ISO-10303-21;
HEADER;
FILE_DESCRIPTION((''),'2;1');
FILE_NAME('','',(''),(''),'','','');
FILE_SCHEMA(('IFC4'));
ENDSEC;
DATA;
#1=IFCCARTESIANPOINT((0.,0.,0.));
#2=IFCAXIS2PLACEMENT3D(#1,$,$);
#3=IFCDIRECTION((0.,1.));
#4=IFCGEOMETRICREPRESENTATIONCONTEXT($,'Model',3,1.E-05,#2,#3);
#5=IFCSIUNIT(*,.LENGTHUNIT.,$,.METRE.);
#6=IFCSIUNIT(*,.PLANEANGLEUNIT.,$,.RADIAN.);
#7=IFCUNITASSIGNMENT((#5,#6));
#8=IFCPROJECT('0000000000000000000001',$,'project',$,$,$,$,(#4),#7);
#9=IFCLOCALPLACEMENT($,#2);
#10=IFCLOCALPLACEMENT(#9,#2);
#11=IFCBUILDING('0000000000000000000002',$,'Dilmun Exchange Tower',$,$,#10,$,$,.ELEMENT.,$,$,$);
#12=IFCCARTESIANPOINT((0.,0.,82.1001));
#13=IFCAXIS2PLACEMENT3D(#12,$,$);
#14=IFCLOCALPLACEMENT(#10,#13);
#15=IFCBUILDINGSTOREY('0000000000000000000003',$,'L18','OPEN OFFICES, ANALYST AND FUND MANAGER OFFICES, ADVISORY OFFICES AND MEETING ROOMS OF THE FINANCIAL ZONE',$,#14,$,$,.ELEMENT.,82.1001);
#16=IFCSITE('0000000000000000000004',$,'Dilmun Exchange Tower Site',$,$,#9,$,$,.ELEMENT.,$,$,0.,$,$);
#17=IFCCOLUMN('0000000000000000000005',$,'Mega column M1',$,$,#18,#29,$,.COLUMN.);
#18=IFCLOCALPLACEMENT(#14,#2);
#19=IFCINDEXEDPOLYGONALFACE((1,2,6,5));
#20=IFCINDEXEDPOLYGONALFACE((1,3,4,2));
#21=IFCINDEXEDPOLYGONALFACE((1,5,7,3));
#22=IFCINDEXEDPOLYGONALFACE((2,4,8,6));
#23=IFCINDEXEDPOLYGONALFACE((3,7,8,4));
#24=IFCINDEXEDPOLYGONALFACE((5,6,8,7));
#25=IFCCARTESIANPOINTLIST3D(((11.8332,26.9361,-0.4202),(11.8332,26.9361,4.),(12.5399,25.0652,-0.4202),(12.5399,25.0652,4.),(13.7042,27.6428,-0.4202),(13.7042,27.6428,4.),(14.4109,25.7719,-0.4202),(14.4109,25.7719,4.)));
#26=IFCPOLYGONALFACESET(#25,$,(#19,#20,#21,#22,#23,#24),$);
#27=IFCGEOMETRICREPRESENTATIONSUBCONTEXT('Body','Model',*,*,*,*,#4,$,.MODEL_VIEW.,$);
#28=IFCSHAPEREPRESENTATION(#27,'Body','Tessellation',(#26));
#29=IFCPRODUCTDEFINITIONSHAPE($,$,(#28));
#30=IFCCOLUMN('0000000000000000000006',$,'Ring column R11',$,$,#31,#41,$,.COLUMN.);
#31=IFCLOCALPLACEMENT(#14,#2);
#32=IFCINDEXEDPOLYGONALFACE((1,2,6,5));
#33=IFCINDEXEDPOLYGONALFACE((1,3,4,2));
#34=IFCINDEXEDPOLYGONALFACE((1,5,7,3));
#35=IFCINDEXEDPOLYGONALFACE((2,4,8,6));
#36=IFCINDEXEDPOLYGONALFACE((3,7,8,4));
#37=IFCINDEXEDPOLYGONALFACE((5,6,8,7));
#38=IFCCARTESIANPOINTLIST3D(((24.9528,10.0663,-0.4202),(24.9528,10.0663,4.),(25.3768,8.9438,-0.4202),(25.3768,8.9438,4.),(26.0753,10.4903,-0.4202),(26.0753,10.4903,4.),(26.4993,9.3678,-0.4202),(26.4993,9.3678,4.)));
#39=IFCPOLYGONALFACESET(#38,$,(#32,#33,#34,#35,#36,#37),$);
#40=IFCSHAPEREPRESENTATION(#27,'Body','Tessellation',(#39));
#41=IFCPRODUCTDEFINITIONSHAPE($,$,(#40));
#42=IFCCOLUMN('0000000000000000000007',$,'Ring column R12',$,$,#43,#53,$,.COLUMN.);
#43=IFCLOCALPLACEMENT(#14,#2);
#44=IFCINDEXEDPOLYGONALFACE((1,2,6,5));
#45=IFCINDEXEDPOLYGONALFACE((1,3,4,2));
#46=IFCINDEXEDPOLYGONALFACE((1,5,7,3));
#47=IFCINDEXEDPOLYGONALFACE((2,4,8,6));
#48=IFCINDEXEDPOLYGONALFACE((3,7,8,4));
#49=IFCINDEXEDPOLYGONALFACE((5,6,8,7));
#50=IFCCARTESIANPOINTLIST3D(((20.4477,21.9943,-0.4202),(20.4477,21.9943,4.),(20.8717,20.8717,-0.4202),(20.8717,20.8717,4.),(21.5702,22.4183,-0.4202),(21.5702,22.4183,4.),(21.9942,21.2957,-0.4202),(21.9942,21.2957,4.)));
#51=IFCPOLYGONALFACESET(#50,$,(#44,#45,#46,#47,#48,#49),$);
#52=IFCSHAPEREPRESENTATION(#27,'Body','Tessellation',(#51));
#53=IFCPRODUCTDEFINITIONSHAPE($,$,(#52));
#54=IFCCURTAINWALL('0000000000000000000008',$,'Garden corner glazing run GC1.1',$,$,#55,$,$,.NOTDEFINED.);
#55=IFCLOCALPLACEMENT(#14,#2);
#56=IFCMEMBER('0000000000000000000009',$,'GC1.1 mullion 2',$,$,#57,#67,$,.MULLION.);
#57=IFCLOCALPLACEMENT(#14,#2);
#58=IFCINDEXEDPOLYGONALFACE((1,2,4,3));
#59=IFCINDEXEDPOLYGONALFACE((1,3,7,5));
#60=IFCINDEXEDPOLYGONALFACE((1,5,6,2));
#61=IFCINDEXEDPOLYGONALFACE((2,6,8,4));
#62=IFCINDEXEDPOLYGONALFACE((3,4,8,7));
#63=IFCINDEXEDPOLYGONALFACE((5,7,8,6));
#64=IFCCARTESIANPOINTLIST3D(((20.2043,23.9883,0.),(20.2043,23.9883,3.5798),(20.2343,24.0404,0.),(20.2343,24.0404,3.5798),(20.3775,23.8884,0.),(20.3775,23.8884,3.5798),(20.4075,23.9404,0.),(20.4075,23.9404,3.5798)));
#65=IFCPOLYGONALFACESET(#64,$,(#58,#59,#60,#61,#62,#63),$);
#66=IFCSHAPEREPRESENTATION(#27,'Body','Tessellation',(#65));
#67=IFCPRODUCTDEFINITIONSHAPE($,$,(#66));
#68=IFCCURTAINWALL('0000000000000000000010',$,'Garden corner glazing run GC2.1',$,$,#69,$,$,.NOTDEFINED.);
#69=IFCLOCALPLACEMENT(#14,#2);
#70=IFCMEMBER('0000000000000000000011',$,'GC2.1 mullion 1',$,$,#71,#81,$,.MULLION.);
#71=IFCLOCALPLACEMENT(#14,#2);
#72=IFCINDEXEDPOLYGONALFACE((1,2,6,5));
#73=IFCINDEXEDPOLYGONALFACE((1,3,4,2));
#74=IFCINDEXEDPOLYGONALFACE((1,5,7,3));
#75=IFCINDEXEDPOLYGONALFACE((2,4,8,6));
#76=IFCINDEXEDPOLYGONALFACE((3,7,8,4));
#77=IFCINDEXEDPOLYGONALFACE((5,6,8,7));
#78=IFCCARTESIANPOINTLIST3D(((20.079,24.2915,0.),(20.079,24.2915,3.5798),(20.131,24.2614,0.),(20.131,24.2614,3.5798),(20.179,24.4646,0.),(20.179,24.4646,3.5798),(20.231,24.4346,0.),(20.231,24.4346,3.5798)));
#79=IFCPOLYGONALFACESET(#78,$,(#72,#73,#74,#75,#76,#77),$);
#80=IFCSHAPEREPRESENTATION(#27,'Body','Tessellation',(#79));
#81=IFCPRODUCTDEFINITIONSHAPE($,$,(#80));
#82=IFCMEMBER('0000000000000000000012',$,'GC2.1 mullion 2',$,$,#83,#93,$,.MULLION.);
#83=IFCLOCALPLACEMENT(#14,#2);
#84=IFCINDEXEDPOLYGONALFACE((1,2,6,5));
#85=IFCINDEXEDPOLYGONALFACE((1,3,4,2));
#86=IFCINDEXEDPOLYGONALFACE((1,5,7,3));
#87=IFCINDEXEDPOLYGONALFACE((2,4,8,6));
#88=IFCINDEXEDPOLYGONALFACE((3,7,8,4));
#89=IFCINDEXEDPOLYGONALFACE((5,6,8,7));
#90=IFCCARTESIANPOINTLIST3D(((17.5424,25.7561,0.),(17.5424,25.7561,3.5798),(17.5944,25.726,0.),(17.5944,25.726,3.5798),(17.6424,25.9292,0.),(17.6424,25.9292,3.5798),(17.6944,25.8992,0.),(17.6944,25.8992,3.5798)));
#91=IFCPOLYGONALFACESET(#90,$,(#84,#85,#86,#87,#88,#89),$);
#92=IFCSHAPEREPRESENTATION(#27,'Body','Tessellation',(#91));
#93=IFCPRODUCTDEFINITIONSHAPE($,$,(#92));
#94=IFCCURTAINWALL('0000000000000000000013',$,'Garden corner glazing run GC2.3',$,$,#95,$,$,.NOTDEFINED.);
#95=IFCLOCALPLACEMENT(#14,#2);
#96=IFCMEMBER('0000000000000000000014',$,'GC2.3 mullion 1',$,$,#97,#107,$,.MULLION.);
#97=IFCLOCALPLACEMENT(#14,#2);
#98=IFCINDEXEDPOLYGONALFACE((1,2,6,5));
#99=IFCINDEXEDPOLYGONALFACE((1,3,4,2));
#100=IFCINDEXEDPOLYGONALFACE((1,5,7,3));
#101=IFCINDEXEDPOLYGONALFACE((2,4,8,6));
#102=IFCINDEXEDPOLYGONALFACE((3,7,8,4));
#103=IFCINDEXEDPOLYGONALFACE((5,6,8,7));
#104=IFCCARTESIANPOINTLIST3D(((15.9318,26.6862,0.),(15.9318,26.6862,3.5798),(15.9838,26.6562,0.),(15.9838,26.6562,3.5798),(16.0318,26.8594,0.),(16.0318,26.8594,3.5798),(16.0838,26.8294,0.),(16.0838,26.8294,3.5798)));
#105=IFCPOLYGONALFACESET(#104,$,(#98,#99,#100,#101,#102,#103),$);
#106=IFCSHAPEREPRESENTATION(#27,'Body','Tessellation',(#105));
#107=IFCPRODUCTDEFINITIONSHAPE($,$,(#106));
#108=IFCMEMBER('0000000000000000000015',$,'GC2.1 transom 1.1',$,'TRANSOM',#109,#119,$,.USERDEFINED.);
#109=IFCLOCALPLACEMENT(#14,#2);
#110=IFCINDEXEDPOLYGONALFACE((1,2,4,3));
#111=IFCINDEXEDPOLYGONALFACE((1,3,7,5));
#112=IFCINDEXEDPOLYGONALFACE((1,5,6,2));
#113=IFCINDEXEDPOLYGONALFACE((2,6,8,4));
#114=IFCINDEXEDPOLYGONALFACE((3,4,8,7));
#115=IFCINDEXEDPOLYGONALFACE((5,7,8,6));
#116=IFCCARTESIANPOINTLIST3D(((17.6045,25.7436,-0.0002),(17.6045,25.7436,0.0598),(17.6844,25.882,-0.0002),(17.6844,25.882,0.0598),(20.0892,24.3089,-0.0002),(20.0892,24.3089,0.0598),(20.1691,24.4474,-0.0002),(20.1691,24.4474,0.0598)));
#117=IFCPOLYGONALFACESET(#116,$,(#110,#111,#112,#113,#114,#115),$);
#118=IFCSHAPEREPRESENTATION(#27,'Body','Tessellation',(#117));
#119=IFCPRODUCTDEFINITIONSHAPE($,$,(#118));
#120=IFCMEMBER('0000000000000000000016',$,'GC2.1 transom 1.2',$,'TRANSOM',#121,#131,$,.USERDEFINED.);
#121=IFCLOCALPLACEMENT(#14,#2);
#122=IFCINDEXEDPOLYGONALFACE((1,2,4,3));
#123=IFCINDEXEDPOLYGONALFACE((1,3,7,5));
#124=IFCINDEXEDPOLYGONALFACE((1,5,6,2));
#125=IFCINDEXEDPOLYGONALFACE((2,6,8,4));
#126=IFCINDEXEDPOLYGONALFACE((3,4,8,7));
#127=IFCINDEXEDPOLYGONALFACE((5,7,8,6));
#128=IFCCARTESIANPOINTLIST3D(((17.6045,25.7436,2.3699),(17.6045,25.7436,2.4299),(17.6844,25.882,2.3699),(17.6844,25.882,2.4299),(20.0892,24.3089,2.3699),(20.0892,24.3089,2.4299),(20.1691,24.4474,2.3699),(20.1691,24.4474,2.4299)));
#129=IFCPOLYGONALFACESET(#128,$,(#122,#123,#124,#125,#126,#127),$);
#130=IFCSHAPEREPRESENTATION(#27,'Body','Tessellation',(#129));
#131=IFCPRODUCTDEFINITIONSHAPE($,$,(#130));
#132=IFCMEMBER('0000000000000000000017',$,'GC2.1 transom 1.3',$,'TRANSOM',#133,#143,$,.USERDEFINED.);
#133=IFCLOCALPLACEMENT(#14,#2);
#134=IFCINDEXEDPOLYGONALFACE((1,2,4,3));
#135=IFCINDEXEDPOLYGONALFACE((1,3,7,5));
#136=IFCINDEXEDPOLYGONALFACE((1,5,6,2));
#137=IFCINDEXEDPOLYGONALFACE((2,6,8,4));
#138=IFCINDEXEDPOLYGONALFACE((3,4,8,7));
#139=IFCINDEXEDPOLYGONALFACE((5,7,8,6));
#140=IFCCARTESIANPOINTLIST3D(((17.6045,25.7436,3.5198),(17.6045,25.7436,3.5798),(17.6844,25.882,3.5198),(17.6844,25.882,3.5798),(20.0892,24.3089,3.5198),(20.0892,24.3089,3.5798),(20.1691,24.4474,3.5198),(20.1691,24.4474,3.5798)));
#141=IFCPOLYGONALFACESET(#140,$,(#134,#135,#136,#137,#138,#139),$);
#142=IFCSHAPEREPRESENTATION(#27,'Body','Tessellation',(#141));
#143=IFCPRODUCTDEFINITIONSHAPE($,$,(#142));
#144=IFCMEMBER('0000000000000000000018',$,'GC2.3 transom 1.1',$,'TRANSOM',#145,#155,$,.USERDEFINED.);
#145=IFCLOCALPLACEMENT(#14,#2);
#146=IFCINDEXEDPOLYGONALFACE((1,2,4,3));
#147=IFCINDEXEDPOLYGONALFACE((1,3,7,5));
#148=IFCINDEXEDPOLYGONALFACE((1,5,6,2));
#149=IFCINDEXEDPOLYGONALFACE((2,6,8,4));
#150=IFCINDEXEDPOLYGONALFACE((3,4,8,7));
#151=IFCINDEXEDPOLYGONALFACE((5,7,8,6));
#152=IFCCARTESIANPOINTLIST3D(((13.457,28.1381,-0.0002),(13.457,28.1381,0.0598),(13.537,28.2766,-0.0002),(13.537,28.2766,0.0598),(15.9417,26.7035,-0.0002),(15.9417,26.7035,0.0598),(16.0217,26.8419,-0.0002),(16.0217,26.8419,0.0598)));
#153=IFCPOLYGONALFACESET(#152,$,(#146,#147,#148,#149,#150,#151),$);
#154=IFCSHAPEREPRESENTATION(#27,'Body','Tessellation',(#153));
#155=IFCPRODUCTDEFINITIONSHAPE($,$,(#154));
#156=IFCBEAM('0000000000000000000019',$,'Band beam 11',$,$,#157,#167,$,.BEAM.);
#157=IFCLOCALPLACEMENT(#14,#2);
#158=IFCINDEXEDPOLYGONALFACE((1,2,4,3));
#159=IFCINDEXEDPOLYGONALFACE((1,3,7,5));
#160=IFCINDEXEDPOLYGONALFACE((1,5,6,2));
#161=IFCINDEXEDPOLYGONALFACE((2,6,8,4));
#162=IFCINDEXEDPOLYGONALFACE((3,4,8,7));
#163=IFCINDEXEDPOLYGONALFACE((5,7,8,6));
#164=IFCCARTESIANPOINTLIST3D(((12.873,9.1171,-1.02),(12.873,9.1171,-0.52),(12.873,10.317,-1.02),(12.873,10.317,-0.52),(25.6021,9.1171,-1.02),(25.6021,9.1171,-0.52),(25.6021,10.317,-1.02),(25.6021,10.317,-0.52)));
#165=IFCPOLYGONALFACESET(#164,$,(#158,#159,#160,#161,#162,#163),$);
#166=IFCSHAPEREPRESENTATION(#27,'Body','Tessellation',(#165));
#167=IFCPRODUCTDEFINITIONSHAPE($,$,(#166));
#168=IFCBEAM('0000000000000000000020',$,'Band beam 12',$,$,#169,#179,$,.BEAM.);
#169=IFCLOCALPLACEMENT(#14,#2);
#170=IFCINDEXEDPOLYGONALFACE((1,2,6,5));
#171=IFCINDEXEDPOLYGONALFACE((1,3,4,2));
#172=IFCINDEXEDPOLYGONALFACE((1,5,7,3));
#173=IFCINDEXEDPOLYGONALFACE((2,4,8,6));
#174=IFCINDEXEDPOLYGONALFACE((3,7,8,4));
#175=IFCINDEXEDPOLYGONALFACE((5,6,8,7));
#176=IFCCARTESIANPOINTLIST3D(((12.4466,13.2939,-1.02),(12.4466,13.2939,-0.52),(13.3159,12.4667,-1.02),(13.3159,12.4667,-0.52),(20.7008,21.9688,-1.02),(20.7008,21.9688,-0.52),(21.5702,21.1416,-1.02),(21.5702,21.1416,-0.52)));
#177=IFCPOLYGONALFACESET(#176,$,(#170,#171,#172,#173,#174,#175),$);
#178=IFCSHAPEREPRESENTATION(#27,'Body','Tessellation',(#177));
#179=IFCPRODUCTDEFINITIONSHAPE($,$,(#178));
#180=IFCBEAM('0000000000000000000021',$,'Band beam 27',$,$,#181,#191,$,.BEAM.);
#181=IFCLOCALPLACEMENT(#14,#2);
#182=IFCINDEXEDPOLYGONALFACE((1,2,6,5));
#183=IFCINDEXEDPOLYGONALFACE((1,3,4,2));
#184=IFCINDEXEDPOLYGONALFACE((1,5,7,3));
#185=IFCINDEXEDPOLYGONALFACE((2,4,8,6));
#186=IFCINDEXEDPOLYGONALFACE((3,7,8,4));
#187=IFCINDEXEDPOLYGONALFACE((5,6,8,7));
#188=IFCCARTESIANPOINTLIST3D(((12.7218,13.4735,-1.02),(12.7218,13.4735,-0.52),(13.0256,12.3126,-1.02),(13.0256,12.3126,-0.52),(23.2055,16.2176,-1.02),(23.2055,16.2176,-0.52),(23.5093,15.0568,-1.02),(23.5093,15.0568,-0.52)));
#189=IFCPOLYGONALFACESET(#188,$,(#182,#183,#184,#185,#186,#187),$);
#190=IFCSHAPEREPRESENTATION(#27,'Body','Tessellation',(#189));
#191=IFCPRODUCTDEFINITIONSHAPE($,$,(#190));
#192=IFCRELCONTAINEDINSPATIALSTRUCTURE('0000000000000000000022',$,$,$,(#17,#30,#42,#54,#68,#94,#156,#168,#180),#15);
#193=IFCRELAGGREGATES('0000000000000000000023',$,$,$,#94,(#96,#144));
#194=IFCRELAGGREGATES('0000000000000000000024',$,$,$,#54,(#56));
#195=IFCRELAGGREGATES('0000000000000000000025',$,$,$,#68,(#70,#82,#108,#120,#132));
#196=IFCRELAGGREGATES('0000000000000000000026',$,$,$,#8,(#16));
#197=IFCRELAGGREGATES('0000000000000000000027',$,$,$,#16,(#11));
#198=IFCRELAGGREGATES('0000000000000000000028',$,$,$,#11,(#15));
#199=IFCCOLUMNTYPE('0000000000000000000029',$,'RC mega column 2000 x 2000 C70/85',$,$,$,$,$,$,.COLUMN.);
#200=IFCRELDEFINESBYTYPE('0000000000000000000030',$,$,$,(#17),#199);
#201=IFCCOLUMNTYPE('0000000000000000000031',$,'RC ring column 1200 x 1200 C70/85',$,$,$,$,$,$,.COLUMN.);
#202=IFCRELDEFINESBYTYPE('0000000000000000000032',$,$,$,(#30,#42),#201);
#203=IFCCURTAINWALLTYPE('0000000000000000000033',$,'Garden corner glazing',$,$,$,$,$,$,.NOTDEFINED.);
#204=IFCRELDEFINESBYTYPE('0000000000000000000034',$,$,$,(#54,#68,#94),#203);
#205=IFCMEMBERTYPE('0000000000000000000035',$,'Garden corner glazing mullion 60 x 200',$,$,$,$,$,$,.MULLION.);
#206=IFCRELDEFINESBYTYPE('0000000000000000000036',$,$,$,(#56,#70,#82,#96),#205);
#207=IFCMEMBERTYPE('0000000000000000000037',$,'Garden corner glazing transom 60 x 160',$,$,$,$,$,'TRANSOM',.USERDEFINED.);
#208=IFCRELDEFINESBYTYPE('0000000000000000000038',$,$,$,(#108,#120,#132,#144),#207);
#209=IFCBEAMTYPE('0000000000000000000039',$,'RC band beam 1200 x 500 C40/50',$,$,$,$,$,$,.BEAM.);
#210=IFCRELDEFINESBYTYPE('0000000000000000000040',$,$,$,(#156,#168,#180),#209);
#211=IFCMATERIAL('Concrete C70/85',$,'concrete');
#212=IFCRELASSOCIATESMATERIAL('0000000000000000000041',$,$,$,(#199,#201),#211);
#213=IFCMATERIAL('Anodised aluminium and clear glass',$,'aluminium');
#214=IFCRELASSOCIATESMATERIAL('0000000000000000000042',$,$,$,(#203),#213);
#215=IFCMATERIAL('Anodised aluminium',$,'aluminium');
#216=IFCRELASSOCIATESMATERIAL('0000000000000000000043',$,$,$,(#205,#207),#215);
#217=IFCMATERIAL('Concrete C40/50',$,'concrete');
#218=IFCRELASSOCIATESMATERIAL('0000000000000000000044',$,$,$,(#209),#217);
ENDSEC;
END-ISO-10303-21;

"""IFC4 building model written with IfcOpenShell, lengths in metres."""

from ifc_helpers import new_model, si_unit, direction, frame, origin, origin_2d, place, context, subcontext, project, spatial, rectangle, extrude, material, material_profile, profile_set, type_object, element, aggregate, save


model = new_model("IFC4")

# Units and contexts
model_context = context("Model", 3, precision=1e-05, world=origin(), true_north=direction((0.0, 1.0)))
body_context = subcontext(model_context, "Body", "Model", "MODEL_VIEW")
ifc_project = project(units=[si_unit("LENGTHUNIT", "METRE"), si_unit("PLANEANGLEUNIT", "RADIAN")], contexts=[model_context])

# Site, building, storey
site_placement = place(None, origin())
site = spatial("IfcSite", under=ifc_project, at=site_placement, Name="Dilmun Exchange Tower Site", CompositionType="ELEMENT", RefElevation=0.0)
building_placement = place(site_placement, origin())
building = spatial("IfcBuilding", under=site, at=building_placement, Name="Dilmun Exchange Tower", CompositionType="ELEMENT")
storey_placement = place(building_placement, frame((0.0, 0.0, 82.1001)))
storey = spatial("IfcBuildingStorey", under=building, at=storey_placement, Name="L18", Description="OPEN OFFICES, ANALYST AND FUND MANAGER OFFICES, ADVISORY OFFICES AND MEETING ROOMS OF THE FINANCIAL ZONE", CompositionType="ELEMENT", Elevation=82.1001)

# Columns
ifc_material_1 = material(Name="Concrete C70/85", Category="concrete")
ifc_material_profile_1 = material_profile(ifc_material_1, rectangle(XDim=2.0, YDim=2.0, at=origin_2d()), Name="2000 x 2000")
ifc_profile_set_1 = profile_set([ifc_material_profile_1], Name="Concrete C70/85")
column_type_1 = type_object("IfcColumnType", Name="RC mega column 2000 x 2000 C70/85", PredefinedType="COLUMN", material=ifc_profile_set_1)
column_placement = place(storey_placement, frame((13.1221, 26.354, -0.4202), z_axis=(0.0, 0.0, 1.0), x_axis=(0.935492, 0.353349, 0.0)))
element("IfcColumn", 1, at=column_placement, inside=storey, type_object=column_type_1, Name="Mega column M1", PredefinedType="COLUMN", context=body_context, shape_type="SweptSolid", body=[
    extrude(rectangle(XDim=2.0, YDim=2.0, at=origin_2d()), origin(), (0.0, 0.0, 1.0), 4.4202),
])
ifc_material_profile_2 = material_profile(ifc_material_1, rectangle(XDim=1.2, YDim=1.2, at=origin_2d()), Name="1200 x 1200")
ifc_profile_set_2 = profile_set([ifc_material_profile_2], Name="Concrete C70/85")
column_type_2 = type_object("IfcColumnType", Name="RC ring column 1200 x 1200 C70/85", PredefinedType="COLUMN", material=ifc_profile_set_2)
for number, where, z_axis, x_axis, name in (
    (2, (25.7261, 9.717, -0.4202), (0.0, 0.0, 1.0), (0.935492, 0.353349, 0.0), "Ring column R11"),
    (3, (21.2209, 21.645, -0.4202), (0.0, 0.0, 1.0), (0.935492, 0.353349, 0.0), "Ring column R12"),
):
    element("IfcColumn", number, at=place(storey_placement, frame(where, z_axis=z_axis, x_axis=x_axis)), inside=storey, type_object=column_type_2, Name=name, PredefinedType="COLUMN", context=body_context, shape_type="SweptSolid", body=[
        extrude(rectangle(XDim=1.2, YDim=1.2, at=origin_2d()), origin(), (0.0, 0.0, 1.0), 4.4202),
    ])

# Curtain wall, member
ifc_material_2 = material(Name="Anodised aluminium and clear glass", Category="aluminium")
curtain_wall_type = type_object("IfcCurtainWallType", Name="Garden corner glazing", PredefinedType="NOTDEFINED", material=ifc_material_2)
curtain_wall_1_placement = place(storey_placement, origin())
curtain_wall_1 = element("IfcCurtainWall", 4, at=curtain_wall_1_placement, inside=storey, type_object=curtain_wall_type, Name="Garden corner glazing run GC1.1", PredefinedType="NOTDEFINED")
ifc_material_3 = material(Name="Anodised aluminium", Category="aluminium")
ifc_material_profile_3 = material_profile(ifc_material_3, rectangle(XDim=0.2, YDim=0.0601, at=origin_2d()), Name="AL 60x200")
ifc_profile_set_3 = profile_set([ifc_material_profile_3], Name="Anodised aluminium")
member_type_1 = type_object("IfcMemberType", Name="Garden corner glazing mullion 60 x 200", PredefinedType="MULLION", material=ifc_profile_set_3)
member_1_placement = place(storey_placement, frame((20.3059, 23.9644, 0.0), z_axis=(0.0, 0.0, 1.0), x_axis=(0.866021, -0.500008, 0.0)))
member_1 = element("IfcMember", 5, at=member_1_placement, type_object=member_type_1, Name="GC1.1 mullion 2", PredefinedType="MULLION", context=body_context, shape_type="SweptSolid", body=[
    extrude(rectangle(XDim=0.2, YDim=0.0601, at=origin_2d()), origin(), (0.0, 0.0, 1.0), 3.5798),
])

# Curtain wall, members
curtain_wall_2_placement = place(storey_placement, origin())
curtain_wall_2 = element("IfcCurtainWall", 6, at=curtain_wall_2_placement, inside=storey, type_object=curtain_wall_type, Name="Garden corner glazing run GC2.1", PredefinedType="NOTDEFINED")
member_2_placement = place(storey_placement, frame((20.155, 24.363, 0.0), z_axis=(0.0, 0.0, 1.0), x_axis=(-0.500018, -0.866015, 0.0)))
member_2 = element("IfcMember", 7, at=member_2_placement, type_object=member_type_1, Name="GC2.1 mullion 1", PredefinedType="MULLION", context=body_context, shape_type="SweptSolid", body=[
    extrude(rectangle(XDim=0.2, YDim=0.0601, at=origin_2d()), origin(), (0.0, 0.0, 1.0), 3.5798),
])
member_3_placement = place(storey_placement, frame((17.6184, 25.8276, 0.0), z_axis=(0.0, 0.0, 1.0), x_axis=(-0.500018, -0.866015, 0.0)))
member_3 = element("IfcMember", 8, at=member_3_placement, type_object=member_type_1, Name="GC2.1 mullion 2", PredefinedType="MULLION", context=body_context, shape_type="SweptSolid", body=[
    extrude(rectangle(XDim=0.2, YDim=0.0601, at=origin_2d()), origin(), (0.0, 0.0, 1.0), 3.5798),
])

# Curtain wall, member
curtain_wall_3_placement = place(storey_placement, origin())
curtain_wall_3 = element("IfcCurtainWall", 9, at=curtain_wall_3_placement, inside=storey, type_object=curtain_wall_type, Name="Garden corner glazing run GC2.3", PredefinedType="NOTDEFINED")
member_4_placement = place(storey_placement, frame((16.0078, 26.7578, 0.0), z_axis=(0.0, 0.0, 1.0), x_axis=(-0.499978, -0.866038, 0.0)))
member_4 = element("IfcMember", 10, at=member_4_placement, type_object=member_type_1, Name="GC2.3 mullion 1", PredefinedType="MULLION", context=body_context, shape_type="SweptSolid", body=[
    extrude(rectangle(XDim=0.2, YDim=0.0601, at=origin_2d()), origin(), (0.0, 0.0, 1.0), 3.5798),
])

# Members
ifc_material_profile_4 = material_profile(ifc_material_3, rectangle(XDim=0.1599, YDim=0.0601, at=origin_2d()), Name="AL 60x160")
ifc_profile_set_4 = profile_set([ifc_material_profile_4], Name="Anodised aluminium")
member_type_2 = type_object("IfcMemberType", Name="Garden corner glazing transom 60 x 160", ElementType="TRANSOM", PredefinedType="USERDEFINED", material=ifc_profile_set_4)
member_5_placement = place(storey_placement, frame((20.1292, 24.3782, 0.0298), z_axis=(-0.866014, 0.50002, 0.0), x_axis=(-0.50002, -0.866014, 0.0)))
member_5 = element("IfcMember", 11, at=member_5_placement, type_object=member_type_2, Name="GC2.1 transom 1.1", ObjectType="TRANSOM", PredefinedType="USERDEFINED", context=body_context, shape_type="SweptSolid", body=[
    extrude(rectangle(XDim=0.1599, YDim=0.0601, at=origin_2d()), origin(), (0.0, 0.0, 1.0), 2.8691),
])
member_6_placement = place(storey_placement, frame((20.1292, 24.3782, 2.3999), z_axis=(-0.866014, 0.50002, 0.0), x_axis=(-0.50002, -0.866014, 0.0)))
member_6 = element("IfcMember", 12, at=member_6_placement, type_object=member_type_2, Name="GC2.1 transom 1.2", ObjectType="TRANSOM", PredefinedType="USERDEFINED", context=body_context, shape_type="SweptSolid", body=[
    extrude(rectangle(XDim=0.1599, YDim=0.0601, at=origin_2d()), origin(), (0.0, 0.0, 1.0), 2.8691),
])
member_7_placement = place(storey_placement, frame((20.1292, 24.3782, 3.5498), z_axis=(-0.866014, 0.50002, 0.0), x_axis=(-0.50002, -0.866014, 0.0)))
member_7 = element("IfcMember", 13, at=member_7_placement, type_object=member_type_2, Name="GC2.1 transom 1.3", ObjectType="TRANSOM", PredefinedType="USERDEFINED", context=body_context, shape_type="SweptSolid", body=[
    extrude(rectangle(XDim=0.1599, YDim=0.0601, at=origin_2d()), origin(), (0.0, 0.0, 1.0), 2.8691),
])
member_8_placement = place(storey_placement, frame((15.9817, 26.7727, 0.0298), z_axis=(-0.866014, 0.50002, 0.0), x_axis=(-0.50002, -0.866014, 0.0)))
member_8 = element("IfcMember", 14, at=member_8_placement, type_object=member_type_2, Name="GC2.3 transom 1.1", ObjectType="TRANSOM", PredefinedType="USERDEFINED", context=body_context, shape_type="SweptSolid", body=[
    extrude(rectangle(XDim=0.1599, YDim=0.0601, at=origin_2d()), origin(), (0.0, 0.0, 1.0), 2.8691),
])
aggregate(curtain_wall_3, [member_4, member_8])

# Beams
ifc_material_4 = material(Name="Concrete C40/50", Category="concrete")
ifc_material_profile_5 = material_profile(ifc_material_4, rectangle(XDim=1.2, YDim=0.5, at=origin_2d()), Name="1200 x 500")
ifc_profile_set_5 = profile_set([ifc_material_profile_5], Name="Concrete C40/50")
beam_type = type_object("IfcBeamType", Name="RC band beam 1200 x 500 C40/50", PredefinedType="BEAM", material=ifc_profile_set_5)
beam_1_placement = place(storey_placement, frame((25.6021, 9.717, -0.77), z_axis=(-1.0, 0.0, 0.0), x_axis=(0.0, -1.0, 0.0)))
element("IfcBeam", 15, at=beam_1_placement, inside=storey, type_object=beam_type, Name="Band beam 11", PredefinedType="BEAM", context=body_context, shape_type="SweptSolid", body=[
    extrude(rectangle(XDim=1.2, YDim=0.5, at=origin_2d()), origin(), (0.0, 0.0, 1.0), 12.729),
])
beam_2_placement = place(storey_placement, frame((21.1355, 21.5552, -0.77), z_axis=(-0.689324, -0.724454, 0.0), x_axis=(0.724454, -0.689324, 0.0)))
element("IfcBeam", 16, at=beam_2_placement, inside=storey, type_object=beam_type, Name="Band beam 12", PredefinedType="BEAM", context=body_context, shape_type="SweptSolid", body=[
    extrude(rectangle(XDim=1.2, YDim=0.5, at=origin_2d()), origin(), (0.0, 0.0, 1.0), 11.9744),
])
beam_3_placement = place(storey_placement, frame((23.3574, 15.6372, -0.77), z_axis=(-0.967408, -0.253223, 0.0), x_axis=(0.253223, -0.967408, 0.0)))
element("IfcBeam", 17, at=beam_3_placement, inside=storey, type_object=beam_type, Name="Band beam 27", PredefinedType="BEAM", context=body_context, shape_type="SweptSolid", body=[
    extrude(rectangle(XDim=1.2, YDim=0.5, at=origin_2d()), origin(), (0.0, 0.0, 1.0), 10.8369),
])

aggregate(curtain_wall_1, [member_1])
aggregate(curtain_wall_2, [member_2, member_3, member_5, member_6, member_7])

save(model, "model.ifc")
